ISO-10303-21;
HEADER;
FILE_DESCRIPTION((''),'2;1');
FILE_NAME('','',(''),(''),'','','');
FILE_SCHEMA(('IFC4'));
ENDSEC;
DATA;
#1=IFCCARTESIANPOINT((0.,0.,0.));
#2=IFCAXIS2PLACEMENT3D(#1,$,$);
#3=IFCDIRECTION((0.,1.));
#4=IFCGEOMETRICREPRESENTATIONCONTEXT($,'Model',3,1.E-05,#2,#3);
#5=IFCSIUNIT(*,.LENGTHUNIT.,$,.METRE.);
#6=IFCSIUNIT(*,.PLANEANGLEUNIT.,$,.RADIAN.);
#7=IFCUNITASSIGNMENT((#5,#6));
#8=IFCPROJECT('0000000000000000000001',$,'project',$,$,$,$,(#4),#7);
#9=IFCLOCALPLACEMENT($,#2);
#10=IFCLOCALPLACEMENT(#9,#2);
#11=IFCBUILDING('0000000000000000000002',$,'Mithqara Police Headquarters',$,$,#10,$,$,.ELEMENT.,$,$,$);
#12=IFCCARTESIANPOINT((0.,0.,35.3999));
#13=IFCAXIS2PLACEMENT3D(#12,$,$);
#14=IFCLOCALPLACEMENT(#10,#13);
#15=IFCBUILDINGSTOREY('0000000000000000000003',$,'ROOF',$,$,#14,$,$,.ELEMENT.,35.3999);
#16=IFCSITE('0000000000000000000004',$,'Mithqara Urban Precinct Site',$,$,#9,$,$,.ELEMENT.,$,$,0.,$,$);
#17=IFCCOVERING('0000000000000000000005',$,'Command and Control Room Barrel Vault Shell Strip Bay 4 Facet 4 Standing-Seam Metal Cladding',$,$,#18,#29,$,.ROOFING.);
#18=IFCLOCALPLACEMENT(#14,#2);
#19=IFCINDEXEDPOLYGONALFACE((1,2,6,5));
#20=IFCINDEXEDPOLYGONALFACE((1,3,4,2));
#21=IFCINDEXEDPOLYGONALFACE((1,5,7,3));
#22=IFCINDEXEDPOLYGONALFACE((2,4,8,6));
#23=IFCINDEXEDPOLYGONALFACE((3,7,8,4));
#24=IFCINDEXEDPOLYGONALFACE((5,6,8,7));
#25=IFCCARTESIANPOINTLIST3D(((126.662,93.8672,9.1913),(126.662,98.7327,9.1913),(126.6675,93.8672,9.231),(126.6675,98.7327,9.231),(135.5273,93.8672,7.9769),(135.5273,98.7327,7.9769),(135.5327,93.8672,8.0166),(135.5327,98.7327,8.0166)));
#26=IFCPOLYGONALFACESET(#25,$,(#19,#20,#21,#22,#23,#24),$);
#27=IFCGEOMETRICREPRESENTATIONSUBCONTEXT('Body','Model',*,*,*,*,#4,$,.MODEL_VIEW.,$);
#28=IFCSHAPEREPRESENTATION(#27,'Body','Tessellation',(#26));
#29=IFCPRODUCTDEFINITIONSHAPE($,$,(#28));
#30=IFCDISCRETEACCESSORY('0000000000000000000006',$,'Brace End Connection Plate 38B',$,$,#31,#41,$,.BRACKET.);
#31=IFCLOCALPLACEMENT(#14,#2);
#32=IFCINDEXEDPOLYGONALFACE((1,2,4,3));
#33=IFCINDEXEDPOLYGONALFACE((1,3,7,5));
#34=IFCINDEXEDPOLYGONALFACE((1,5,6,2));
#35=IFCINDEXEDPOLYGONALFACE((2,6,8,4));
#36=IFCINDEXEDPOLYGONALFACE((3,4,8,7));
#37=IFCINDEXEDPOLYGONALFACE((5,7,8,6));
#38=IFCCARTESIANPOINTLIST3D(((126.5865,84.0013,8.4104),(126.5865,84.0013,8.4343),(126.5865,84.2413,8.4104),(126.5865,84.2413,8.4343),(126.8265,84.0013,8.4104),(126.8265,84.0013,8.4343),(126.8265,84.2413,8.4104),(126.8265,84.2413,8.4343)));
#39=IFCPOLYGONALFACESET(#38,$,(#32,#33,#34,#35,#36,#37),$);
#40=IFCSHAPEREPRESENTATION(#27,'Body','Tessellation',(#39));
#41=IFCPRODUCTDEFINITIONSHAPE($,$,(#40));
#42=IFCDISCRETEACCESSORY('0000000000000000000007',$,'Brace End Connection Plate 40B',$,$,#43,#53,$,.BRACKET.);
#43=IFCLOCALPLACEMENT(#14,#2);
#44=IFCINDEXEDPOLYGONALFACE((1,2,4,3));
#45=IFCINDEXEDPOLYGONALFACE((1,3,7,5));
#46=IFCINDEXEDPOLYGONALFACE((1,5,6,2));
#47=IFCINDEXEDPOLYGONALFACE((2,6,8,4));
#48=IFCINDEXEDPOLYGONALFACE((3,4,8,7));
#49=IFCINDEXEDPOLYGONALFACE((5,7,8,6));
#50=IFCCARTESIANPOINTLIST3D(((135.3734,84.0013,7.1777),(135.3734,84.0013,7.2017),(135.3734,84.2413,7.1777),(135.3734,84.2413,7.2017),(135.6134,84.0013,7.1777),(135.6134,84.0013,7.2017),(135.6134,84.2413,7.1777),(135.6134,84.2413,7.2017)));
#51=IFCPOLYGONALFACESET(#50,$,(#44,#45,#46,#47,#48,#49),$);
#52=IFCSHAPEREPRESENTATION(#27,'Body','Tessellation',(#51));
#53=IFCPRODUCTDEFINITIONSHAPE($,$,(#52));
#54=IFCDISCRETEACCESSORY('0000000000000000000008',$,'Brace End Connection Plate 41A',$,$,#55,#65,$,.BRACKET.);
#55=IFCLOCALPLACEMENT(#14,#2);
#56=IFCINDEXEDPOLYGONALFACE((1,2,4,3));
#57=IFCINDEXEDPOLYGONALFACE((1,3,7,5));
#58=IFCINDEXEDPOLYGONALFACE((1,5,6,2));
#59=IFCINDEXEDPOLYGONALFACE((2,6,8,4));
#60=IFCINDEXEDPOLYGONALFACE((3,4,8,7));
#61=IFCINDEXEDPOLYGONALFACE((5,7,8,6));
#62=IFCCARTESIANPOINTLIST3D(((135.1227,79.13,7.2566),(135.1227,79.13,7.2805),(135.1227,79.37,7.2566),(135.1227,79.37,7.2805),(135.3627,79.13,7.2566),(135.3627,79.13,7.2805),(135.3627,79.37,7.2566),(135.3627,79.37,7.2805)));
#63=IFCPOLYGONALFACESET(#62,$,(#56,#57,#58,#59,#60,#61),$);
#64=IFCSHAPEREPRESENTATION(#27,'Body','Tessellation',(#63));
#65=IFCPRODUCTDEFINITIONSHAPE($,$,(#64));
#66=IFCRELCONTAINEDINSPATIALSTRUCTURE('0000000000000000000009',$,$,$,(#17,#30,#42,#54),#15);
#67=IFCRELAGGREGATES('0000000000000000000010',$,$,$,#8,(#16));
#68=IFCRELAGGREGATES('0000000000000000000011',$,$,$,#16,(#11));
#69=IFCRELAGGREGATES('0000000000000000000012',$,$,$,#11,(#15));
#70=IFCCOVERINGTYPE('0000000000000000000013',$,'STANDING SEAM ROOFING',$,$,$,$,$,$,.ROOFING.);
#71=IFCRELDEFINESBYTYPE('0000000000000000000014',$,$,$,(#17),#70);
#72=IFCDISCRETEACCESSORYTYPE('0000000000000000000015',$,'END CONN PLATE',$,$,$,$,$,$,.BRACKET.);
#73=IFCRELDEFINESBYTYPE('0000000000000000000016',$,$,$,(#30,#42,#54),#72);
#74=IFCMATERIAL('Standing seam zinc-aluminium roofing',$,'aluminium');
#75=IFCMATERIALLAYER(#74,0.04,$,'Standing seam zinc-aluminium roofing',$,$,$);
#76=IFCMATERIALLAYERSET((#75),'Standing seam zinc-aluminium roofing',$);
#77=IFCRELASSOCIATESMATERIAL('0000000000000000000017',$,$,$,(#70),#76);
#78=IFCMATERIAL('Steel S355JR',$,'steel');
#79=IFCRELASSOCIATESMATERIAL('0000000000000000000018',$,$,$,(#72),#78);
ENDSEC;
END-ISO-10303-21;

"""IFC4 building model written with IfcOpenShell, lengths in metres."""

from ifc_helpers import new_model, si_unit, direction, frame, origin, origin_2d, place, context, subcontext, project, spatial, polyline, rectangle, outline, extrude, material, layer, layer_set, type_object, element, save


model = new_model("IFC4")

# Units and contexts
model_context = context("Model", 3, precision=1e-05, world=origin(), true_north=direction((0.0, 1.0)))
body_context = subcontext(model_context, "Body", "Model", "MODEL_VIEW")
ifc_project = project(units=[si_unit("LENGTHUNIT", "METRE"), si_unit("PLANEANGLEUNIT", "RADIAN")], contexts=[model_context])

# Site, building, storey
site_placement = place(None, origin())
site = spatial("IfcSite", under=ifc_project, at=site_placement, Name="Mithqara Urban Precinct Site", CompositionType="ELEMENT", RefElevation=0.0)
building_placement = place(site_placement, origin())
building = spatial("IfcBuilding", under=site, at=building_placement, Name="Mithqara Police Headquarters", CompositionType="ELEMENT")
storey_placement = place(building_placement, frame((0.0, 0.0, 35.3999)))
storey = spatial("IfcBuildingStorey", under=building, at=storey_placement, Name="ROOF", CompositionType="ELEMENT", Elevation=35.3999)

# Shared definitions
ifc_material_1 = material(Name="Steel S355JR", Category="steel")

# Covering
ifc_material_2 = material(Name="Standing seam zinc-aluminium roofing", Category="aluminium")
ifc_layer_1 = layer(ifc_material_2, 0.04, Name="Standing seam zinc-aluminium roofing")
ifc_layer_set_1 = layer_set([ifc_layer_1], Name="Standing seam zinc-aluminium roofing")
covering_type_1 = type_object("IfcCoveringType", Name="STANDING SEAM ROOFING", PredefinedType="ROOFING", material=ifc_layer_set_1)
for number, where, z_axis, x_axis, name in (
    (1, (126.6675, 93.8672, 9.231), (0.135712, 0.0, 0.990748), (0.990748, 0.0, -0.135712), "Command and Control Room Barrel Vault Shell Strip Bay 4 Facet 4 Standing-Seam Metal Cladding"),
):
    element("IfcCovering", number, at=place(storey_placement, frame(where, z_axis=z_axis, x_axis=x_axis)), inside=storey, type_object=covering_type_1, Name=name, PredefinedType="ROOFING", context=body_context, shape_type="SweptSolid", body=[
        extrude(outline(polyline([(0.0, 0.0), (8.948, 0.0), (8.948, 4.8655), (0.0, 4.8655), (0.0, 0.0)])), origin(), (0.0, 0.0, -1.0), 0.04),
    ])

# Discrete accessories
discrete_accessory_type = type_object("IfcDiscreteAccessoryType", Name="END CONN PLATE", PredefinedType="BRACKET", material=ifc_material_1)
for number, where, z_axis, x_axis, name in (
    (2, (126.7065, 84.1213, 8.4104), (0.0, 0.0, 1.0), (1.0, 0.0, 0.0), "Brace End Connection Plate 38B"),
    (3, (135.4934, 84.1213, 7.1777), (0.0, 0.0, 1.0), (1.0, 0.0, 0.0), "Brace End Connection Plate 40B"),
    (4, (135.2427, 79.25, 7.2566), (0.0, 0.0, 1.0), (1.0, 0.0, 0.0), "Brace End Connection Plate 41A"),
):
    element("IfcDiscreteAccessory", number, at=place(storey_placement, frame(where, z_axis=z_axis, x_axis=x_axis)), inside=storey, type_object=discrete_accessory_type, Name=name, PredefinedType="BRACKET", context=body_context, shape_type="SweptSolid", body=[
        extrude(rectangle(XDim=0.24, YDim=0.24, at=origin_2d()), origin(), (0.0, 0.0, 1.0), 0.0239),
    ])

save(model, "model.ifc")
